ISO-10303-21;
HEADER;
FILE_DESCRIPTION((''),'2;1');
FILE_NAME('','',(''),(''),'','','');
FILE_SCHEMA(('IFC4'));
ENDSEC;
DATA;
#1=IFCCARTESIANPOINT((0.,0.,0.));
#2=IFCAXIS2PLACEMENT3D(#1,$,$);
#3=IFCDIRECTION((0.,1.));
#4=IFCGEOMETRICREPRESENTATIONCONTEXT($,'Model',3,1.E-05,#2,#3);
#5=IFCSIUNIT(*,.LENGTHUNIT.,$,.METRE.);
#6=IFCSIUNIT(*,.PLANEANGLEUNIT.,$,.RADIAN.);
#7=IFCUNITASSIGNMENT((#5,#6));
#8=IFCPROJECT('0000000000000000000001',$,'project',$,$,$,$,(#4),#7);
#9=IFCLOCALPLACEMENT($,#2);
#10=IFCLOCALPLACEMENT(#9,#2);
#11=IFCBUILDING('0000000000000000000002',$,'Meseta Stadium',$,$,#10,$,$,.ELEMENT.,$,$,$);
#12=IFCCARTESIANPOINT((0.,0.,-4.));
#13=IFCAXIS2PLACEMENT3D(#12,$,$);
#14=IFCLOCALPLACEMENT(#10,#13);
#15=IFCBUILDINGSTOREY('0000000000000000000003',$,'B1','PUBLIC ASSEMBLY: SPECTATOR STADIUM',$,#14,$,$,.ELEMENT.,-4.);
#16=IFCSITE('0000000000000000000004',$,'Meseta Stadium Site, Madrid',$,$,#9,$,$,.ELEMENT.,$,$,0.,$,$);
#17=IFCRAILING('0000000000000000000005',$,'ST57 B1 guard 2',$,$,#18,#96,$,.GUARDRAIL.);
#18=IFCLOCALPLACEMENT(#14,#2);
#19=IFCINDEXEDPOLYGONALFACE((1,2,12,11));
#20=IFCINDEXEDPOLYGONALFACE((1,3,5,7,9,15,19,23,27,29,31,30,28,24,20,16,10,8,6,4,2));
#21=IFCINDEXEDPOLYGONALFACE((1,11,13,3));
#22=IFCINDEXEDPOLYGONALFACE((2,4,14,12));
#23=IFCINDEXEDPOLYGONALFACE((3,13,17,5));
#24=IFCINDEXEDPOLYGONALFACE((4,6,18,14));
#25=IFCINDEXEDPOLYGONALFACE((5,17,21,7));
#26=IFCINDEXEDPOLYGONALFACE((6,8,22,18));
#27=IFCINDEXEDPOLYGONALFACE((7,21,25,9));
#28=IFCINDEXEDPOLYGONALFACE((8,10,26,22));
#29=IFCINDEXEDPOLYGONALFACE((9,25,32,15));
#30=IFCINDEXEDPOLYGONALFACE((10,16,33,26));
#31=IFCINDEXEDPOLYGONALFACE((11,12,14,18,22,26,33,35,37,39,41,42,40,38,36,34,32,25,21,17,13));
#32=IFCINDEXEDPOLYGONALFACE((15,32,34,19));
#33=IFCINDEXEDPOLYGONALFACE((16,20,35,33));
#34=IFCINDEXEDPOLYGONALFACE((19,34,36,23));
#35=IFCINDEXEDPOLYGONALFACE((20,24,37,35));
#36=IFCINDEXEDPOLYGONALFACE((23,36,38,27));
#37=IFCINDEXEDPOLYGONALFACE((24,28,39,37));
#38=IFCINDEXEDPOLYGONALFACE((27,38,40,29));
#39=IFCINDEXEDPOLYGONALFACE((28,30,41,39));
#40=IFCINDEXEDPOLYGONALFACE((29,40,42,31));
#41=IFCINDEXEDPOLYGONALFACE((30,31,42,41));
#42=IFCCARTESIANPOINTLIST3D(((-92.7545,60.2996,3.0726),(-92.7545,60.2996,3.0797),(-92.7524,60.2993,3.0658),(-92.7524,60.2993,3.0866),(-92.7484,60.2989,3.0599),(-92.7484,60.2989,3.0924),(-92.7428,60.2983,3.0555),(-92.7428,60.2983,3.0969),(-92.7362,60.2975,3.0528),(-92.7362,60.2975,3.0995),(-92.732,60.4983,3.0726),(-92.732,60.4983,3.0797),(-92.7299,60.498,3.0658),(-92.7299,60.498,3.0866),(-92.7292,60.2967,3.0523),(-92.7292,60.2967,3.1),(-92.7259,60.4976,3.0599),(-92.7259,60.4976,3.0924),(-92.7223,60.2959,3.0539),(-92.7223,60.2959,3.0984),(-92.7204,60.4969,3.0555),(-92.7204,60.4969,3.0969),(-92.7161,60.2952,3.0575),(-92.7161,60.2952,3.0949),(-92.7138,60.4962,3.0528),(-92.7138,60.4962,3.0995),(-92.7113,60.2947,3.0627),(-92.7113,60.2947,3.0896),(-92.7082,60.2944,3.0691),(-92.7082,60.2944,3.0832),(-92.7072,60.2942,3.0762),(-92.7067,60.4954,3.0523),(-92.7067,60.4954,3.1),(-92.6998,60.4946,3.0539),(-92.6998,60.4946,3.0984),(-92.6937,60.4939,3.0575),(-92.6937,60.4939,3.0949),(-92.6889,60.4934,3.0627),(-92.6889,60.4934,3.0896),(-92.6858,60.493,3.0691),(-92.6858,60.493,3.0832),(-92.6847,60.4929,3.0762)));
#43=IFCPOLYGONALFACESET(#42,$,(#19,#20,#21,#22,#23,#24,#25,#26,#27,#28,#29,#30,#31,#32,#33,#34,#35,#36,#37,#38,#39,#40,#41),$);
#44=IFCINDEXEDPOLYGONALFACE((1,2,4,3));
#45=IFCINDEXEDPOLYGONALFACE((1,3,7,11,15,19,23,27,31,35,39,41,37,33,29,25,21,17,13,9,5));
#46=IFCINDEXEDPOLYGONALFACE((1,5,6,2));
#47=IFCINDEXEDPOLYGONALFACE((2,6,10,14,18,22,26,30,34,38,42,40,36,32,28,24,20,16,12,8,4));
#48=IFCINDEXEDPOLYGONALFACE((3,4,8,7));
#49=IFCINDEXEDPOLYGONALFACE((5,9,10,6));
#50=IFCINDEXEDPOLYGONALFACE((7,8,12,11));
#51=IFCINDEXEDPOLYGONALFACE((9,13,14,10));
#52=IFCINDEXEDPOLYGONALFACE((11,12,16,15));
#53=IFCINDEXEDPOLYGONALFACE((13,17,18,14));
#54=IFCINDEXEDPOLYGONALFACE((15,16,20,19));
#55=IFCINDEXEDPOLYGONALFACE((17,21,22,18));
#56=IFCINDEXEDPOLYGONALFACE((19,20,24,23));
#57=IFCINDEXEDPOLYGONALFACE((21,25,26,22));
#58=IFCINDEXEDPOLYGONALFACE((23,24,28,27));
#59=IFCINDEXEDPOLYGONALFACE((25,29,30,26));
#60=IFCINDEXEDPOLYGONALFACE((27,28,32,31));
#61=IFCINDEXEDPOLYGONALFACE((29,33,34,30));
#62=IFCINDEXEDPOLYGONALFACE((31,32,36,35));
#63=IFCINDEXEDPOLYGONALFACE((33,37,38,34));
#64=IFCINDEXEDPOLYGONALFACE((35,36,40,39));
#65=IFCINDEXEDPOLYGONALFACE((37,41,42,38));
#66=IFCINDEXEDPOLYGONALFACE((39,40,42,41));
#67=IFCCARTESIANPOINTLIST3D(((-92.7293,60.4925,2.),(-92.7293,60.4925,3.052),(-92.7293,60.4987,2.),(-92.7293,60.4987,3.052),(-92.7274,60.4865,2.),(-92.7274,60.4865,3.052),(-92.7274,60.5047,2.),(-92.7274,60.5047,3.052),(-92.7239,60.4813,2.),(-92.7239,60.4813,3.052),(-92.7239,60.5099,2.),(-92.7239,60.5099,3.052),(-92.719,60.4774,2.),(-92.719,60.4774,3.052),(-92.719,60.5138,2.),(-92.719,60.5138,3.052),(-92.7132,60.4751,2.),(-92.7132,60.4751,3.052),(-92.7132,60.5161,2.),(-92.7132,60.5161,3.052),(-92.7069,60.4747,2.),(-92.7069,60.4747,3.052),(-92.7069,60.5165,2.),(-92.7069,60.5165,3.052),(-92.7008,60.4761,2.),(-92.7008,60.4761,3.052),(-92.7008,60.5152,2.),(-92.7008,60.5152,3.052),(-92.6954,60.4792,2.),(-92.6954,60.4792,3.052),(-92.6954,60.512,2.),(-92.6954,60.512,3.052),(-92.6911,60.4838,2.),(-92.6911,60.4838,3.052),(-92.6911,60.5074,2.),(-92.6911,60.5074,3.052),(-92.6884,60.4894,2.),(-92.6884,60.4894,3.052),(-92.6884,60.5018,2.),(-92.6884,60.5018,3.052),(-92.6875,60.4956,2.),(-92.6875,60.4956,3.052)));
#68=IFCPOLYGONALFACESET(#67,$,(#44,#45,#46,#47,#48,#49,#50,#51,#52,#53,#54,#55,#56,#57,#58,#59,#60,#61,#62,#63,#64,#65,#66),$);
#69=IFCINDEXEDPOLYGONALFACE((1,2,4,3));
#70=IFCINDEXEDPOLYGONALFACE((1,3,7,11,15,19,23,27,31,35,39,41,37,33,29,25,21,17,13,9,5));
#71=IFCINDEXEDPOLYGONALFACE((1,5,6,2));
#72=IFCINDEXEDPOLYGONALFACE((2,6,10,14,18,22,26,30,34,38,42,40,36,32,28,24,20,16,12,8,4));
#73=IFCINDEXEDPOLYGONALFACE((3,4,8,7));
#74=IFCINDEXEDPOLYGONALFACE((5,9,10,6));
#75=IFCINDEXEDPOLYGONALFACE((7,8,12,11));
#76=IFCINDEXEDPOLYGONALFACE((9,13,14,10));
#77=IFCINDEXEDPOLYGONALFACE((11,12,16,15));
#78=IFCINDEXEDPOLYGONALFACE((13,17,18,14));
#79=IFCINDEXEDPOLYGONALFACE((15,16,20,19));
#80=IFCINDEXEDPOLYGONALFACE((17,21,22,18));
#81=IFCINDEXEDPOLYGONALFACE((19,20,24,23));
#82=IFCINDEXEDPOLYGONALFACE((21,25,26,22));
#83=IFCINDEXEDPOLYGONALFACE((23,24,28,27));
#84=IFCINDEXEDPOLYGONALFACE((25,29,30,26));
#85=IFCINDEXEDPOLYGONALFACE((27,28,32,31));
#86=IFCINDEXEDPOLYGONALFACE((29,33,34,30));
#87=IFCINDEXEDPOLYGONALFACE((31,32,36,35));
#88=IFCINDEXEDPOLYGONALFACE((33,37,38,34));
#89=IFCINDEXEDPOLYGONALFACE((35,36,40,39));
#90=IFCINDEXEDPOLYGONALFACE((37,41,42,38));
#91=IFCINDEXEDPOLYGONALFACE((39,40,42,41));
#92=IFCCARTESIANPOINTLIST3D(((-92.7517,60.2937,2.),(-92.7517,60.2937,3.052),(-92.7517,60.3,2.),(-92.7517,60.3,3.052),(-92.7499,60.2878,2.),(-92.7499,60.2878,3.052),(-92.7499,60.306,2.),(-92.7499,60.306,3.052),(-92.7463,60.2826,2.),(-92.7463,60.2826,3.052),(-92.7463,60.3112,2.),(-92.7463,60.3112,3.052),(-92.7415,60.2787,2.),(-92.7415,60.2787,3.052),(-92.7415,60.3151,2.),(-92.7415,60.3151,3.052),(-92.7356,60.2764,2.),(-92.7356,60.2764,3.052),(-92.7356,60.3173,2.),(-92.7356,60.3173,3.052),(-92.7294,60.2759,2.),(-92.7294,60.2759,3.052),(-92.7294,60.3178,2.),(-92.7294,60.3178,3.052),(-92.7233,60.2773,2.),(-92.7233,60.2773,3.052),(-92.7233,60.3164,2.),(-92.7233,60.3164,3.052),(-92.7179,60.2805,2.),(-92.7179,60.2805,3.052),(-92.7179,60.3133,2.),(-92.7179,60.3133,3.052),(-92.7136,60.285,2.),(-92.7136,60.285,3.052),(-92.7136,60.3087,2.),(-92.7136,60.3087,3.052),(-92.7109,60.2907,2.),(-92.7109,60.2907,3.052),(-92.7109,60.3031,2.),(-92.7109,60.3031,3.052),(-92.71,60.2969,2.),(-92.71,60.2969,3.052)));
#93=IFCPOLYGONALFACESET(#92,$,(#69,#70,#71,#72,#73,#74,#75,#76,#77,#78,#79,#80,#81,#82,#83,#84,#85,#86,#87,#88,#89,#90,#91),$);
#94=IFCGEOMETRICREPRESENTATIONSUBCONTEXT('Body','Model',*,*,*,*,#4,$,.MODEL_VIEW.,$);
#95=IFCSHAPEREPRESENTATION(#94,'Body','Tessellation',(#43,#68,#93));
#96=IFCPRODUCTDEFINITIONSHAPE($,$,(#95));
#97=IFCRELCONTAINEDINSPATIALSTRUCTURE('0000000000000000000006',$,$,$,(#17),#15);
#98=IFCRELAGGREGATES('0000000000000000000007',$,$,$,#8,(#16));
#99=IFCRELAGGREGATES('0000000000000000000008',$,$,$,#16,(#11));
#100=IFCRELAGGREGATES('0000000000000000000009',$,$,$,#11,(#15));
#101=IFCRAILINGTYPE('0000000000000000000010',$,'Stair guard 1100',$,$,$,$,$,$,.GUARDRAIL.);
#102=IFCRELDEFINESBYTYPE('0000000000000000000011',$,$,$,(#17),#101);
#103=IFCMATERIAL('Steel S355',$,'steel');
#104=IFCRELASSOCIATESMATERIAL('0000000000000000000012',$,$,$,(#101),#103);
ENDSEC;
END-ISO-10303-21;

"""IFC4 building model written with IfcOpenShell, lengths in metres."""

from ifc_helpers import new_model, si_unit, direction, frame, origin, origin_2d, place, context, subcontext, project, spatial, circle, extrude, material, type_object, element, save


model = new_model("IFC4")

# Units and contexts
model_context = context("Model", 3, precision=1e-05, world=origin(), true_north=direction((0.0, 1.0)))
body_context = subcontext(model_context, "Body", "Model", "MODEL_VIEW")
ifc_project = project(units=[si_unit("LENGTHUNIT", "METRE"), si_unit("PLANEANGLEUNIT", "RADIAN")], contexts=[model_context])

# Site, building, storey
site_placement = place(None, origin())
site = spatial("IfcSite", under=ifc_project, at=site_placement, Name="Meseta Stadium Site, Madrid", CompositionType="ELEMENT", RefElevation=0.0)
building_placement = place(site_placement, origin())
building = spatial("IfcBuilding", under=site, at=building_placement, Name="Meseta Stadium", CompositionType="ELEMENT")
storey_placement = place(building_placement, frame((0.0, 0.0, -4.0)))
storey = spatial("IfcBuildingStorey", under=building, at=storey_placement, Name="B1", Description="PUBLIC ASSEMBLY: SPECTATOR STADIUM", CompositionType="ELEMENT", Elevation=-4.0)

# Railing
ifc_material_1 = material(Name="Steel S355", Category="steel")
railing_type_1 = type_object("IfcRailingType", Name="Stair guard 1100", PredefinedType="GUARDRAIL", material=ifc_material_1)
railing_1_placement = place(storey_placement, frame((-92.7085, 60.4956, 2.0)))
element("IfcRailing", 1, at=railing_1_placement, inside=storey, type_object=railing_type_1, Name="ST57 B1 guard 2", PredefinedType="GUARDRAIL", context=body_context, shape_type="SweptSolid", body=[
    extrude(circle(Radius=0.0239, at=origin_2d()), frame((0.0, 0.0, 1.0762), z_axis=(-0.112307, -0.993674, 0.0), x_axis=(0.993674, -0.112307, 0.0)), (0.0, 0.0, 1.0), 0.2),
    extrude(circle(Radius=0.021, at=origin_2d()), origin(), (0.0, 0.0, 1.0), 1.052),
    extrude(circle(Radius=0.021, at=origin_2d()), frame((-0.0225, -0.1987, 0.0)), (0.0, 0.0, 1.0), 1.052),
])

save(model, "model.ifc")
